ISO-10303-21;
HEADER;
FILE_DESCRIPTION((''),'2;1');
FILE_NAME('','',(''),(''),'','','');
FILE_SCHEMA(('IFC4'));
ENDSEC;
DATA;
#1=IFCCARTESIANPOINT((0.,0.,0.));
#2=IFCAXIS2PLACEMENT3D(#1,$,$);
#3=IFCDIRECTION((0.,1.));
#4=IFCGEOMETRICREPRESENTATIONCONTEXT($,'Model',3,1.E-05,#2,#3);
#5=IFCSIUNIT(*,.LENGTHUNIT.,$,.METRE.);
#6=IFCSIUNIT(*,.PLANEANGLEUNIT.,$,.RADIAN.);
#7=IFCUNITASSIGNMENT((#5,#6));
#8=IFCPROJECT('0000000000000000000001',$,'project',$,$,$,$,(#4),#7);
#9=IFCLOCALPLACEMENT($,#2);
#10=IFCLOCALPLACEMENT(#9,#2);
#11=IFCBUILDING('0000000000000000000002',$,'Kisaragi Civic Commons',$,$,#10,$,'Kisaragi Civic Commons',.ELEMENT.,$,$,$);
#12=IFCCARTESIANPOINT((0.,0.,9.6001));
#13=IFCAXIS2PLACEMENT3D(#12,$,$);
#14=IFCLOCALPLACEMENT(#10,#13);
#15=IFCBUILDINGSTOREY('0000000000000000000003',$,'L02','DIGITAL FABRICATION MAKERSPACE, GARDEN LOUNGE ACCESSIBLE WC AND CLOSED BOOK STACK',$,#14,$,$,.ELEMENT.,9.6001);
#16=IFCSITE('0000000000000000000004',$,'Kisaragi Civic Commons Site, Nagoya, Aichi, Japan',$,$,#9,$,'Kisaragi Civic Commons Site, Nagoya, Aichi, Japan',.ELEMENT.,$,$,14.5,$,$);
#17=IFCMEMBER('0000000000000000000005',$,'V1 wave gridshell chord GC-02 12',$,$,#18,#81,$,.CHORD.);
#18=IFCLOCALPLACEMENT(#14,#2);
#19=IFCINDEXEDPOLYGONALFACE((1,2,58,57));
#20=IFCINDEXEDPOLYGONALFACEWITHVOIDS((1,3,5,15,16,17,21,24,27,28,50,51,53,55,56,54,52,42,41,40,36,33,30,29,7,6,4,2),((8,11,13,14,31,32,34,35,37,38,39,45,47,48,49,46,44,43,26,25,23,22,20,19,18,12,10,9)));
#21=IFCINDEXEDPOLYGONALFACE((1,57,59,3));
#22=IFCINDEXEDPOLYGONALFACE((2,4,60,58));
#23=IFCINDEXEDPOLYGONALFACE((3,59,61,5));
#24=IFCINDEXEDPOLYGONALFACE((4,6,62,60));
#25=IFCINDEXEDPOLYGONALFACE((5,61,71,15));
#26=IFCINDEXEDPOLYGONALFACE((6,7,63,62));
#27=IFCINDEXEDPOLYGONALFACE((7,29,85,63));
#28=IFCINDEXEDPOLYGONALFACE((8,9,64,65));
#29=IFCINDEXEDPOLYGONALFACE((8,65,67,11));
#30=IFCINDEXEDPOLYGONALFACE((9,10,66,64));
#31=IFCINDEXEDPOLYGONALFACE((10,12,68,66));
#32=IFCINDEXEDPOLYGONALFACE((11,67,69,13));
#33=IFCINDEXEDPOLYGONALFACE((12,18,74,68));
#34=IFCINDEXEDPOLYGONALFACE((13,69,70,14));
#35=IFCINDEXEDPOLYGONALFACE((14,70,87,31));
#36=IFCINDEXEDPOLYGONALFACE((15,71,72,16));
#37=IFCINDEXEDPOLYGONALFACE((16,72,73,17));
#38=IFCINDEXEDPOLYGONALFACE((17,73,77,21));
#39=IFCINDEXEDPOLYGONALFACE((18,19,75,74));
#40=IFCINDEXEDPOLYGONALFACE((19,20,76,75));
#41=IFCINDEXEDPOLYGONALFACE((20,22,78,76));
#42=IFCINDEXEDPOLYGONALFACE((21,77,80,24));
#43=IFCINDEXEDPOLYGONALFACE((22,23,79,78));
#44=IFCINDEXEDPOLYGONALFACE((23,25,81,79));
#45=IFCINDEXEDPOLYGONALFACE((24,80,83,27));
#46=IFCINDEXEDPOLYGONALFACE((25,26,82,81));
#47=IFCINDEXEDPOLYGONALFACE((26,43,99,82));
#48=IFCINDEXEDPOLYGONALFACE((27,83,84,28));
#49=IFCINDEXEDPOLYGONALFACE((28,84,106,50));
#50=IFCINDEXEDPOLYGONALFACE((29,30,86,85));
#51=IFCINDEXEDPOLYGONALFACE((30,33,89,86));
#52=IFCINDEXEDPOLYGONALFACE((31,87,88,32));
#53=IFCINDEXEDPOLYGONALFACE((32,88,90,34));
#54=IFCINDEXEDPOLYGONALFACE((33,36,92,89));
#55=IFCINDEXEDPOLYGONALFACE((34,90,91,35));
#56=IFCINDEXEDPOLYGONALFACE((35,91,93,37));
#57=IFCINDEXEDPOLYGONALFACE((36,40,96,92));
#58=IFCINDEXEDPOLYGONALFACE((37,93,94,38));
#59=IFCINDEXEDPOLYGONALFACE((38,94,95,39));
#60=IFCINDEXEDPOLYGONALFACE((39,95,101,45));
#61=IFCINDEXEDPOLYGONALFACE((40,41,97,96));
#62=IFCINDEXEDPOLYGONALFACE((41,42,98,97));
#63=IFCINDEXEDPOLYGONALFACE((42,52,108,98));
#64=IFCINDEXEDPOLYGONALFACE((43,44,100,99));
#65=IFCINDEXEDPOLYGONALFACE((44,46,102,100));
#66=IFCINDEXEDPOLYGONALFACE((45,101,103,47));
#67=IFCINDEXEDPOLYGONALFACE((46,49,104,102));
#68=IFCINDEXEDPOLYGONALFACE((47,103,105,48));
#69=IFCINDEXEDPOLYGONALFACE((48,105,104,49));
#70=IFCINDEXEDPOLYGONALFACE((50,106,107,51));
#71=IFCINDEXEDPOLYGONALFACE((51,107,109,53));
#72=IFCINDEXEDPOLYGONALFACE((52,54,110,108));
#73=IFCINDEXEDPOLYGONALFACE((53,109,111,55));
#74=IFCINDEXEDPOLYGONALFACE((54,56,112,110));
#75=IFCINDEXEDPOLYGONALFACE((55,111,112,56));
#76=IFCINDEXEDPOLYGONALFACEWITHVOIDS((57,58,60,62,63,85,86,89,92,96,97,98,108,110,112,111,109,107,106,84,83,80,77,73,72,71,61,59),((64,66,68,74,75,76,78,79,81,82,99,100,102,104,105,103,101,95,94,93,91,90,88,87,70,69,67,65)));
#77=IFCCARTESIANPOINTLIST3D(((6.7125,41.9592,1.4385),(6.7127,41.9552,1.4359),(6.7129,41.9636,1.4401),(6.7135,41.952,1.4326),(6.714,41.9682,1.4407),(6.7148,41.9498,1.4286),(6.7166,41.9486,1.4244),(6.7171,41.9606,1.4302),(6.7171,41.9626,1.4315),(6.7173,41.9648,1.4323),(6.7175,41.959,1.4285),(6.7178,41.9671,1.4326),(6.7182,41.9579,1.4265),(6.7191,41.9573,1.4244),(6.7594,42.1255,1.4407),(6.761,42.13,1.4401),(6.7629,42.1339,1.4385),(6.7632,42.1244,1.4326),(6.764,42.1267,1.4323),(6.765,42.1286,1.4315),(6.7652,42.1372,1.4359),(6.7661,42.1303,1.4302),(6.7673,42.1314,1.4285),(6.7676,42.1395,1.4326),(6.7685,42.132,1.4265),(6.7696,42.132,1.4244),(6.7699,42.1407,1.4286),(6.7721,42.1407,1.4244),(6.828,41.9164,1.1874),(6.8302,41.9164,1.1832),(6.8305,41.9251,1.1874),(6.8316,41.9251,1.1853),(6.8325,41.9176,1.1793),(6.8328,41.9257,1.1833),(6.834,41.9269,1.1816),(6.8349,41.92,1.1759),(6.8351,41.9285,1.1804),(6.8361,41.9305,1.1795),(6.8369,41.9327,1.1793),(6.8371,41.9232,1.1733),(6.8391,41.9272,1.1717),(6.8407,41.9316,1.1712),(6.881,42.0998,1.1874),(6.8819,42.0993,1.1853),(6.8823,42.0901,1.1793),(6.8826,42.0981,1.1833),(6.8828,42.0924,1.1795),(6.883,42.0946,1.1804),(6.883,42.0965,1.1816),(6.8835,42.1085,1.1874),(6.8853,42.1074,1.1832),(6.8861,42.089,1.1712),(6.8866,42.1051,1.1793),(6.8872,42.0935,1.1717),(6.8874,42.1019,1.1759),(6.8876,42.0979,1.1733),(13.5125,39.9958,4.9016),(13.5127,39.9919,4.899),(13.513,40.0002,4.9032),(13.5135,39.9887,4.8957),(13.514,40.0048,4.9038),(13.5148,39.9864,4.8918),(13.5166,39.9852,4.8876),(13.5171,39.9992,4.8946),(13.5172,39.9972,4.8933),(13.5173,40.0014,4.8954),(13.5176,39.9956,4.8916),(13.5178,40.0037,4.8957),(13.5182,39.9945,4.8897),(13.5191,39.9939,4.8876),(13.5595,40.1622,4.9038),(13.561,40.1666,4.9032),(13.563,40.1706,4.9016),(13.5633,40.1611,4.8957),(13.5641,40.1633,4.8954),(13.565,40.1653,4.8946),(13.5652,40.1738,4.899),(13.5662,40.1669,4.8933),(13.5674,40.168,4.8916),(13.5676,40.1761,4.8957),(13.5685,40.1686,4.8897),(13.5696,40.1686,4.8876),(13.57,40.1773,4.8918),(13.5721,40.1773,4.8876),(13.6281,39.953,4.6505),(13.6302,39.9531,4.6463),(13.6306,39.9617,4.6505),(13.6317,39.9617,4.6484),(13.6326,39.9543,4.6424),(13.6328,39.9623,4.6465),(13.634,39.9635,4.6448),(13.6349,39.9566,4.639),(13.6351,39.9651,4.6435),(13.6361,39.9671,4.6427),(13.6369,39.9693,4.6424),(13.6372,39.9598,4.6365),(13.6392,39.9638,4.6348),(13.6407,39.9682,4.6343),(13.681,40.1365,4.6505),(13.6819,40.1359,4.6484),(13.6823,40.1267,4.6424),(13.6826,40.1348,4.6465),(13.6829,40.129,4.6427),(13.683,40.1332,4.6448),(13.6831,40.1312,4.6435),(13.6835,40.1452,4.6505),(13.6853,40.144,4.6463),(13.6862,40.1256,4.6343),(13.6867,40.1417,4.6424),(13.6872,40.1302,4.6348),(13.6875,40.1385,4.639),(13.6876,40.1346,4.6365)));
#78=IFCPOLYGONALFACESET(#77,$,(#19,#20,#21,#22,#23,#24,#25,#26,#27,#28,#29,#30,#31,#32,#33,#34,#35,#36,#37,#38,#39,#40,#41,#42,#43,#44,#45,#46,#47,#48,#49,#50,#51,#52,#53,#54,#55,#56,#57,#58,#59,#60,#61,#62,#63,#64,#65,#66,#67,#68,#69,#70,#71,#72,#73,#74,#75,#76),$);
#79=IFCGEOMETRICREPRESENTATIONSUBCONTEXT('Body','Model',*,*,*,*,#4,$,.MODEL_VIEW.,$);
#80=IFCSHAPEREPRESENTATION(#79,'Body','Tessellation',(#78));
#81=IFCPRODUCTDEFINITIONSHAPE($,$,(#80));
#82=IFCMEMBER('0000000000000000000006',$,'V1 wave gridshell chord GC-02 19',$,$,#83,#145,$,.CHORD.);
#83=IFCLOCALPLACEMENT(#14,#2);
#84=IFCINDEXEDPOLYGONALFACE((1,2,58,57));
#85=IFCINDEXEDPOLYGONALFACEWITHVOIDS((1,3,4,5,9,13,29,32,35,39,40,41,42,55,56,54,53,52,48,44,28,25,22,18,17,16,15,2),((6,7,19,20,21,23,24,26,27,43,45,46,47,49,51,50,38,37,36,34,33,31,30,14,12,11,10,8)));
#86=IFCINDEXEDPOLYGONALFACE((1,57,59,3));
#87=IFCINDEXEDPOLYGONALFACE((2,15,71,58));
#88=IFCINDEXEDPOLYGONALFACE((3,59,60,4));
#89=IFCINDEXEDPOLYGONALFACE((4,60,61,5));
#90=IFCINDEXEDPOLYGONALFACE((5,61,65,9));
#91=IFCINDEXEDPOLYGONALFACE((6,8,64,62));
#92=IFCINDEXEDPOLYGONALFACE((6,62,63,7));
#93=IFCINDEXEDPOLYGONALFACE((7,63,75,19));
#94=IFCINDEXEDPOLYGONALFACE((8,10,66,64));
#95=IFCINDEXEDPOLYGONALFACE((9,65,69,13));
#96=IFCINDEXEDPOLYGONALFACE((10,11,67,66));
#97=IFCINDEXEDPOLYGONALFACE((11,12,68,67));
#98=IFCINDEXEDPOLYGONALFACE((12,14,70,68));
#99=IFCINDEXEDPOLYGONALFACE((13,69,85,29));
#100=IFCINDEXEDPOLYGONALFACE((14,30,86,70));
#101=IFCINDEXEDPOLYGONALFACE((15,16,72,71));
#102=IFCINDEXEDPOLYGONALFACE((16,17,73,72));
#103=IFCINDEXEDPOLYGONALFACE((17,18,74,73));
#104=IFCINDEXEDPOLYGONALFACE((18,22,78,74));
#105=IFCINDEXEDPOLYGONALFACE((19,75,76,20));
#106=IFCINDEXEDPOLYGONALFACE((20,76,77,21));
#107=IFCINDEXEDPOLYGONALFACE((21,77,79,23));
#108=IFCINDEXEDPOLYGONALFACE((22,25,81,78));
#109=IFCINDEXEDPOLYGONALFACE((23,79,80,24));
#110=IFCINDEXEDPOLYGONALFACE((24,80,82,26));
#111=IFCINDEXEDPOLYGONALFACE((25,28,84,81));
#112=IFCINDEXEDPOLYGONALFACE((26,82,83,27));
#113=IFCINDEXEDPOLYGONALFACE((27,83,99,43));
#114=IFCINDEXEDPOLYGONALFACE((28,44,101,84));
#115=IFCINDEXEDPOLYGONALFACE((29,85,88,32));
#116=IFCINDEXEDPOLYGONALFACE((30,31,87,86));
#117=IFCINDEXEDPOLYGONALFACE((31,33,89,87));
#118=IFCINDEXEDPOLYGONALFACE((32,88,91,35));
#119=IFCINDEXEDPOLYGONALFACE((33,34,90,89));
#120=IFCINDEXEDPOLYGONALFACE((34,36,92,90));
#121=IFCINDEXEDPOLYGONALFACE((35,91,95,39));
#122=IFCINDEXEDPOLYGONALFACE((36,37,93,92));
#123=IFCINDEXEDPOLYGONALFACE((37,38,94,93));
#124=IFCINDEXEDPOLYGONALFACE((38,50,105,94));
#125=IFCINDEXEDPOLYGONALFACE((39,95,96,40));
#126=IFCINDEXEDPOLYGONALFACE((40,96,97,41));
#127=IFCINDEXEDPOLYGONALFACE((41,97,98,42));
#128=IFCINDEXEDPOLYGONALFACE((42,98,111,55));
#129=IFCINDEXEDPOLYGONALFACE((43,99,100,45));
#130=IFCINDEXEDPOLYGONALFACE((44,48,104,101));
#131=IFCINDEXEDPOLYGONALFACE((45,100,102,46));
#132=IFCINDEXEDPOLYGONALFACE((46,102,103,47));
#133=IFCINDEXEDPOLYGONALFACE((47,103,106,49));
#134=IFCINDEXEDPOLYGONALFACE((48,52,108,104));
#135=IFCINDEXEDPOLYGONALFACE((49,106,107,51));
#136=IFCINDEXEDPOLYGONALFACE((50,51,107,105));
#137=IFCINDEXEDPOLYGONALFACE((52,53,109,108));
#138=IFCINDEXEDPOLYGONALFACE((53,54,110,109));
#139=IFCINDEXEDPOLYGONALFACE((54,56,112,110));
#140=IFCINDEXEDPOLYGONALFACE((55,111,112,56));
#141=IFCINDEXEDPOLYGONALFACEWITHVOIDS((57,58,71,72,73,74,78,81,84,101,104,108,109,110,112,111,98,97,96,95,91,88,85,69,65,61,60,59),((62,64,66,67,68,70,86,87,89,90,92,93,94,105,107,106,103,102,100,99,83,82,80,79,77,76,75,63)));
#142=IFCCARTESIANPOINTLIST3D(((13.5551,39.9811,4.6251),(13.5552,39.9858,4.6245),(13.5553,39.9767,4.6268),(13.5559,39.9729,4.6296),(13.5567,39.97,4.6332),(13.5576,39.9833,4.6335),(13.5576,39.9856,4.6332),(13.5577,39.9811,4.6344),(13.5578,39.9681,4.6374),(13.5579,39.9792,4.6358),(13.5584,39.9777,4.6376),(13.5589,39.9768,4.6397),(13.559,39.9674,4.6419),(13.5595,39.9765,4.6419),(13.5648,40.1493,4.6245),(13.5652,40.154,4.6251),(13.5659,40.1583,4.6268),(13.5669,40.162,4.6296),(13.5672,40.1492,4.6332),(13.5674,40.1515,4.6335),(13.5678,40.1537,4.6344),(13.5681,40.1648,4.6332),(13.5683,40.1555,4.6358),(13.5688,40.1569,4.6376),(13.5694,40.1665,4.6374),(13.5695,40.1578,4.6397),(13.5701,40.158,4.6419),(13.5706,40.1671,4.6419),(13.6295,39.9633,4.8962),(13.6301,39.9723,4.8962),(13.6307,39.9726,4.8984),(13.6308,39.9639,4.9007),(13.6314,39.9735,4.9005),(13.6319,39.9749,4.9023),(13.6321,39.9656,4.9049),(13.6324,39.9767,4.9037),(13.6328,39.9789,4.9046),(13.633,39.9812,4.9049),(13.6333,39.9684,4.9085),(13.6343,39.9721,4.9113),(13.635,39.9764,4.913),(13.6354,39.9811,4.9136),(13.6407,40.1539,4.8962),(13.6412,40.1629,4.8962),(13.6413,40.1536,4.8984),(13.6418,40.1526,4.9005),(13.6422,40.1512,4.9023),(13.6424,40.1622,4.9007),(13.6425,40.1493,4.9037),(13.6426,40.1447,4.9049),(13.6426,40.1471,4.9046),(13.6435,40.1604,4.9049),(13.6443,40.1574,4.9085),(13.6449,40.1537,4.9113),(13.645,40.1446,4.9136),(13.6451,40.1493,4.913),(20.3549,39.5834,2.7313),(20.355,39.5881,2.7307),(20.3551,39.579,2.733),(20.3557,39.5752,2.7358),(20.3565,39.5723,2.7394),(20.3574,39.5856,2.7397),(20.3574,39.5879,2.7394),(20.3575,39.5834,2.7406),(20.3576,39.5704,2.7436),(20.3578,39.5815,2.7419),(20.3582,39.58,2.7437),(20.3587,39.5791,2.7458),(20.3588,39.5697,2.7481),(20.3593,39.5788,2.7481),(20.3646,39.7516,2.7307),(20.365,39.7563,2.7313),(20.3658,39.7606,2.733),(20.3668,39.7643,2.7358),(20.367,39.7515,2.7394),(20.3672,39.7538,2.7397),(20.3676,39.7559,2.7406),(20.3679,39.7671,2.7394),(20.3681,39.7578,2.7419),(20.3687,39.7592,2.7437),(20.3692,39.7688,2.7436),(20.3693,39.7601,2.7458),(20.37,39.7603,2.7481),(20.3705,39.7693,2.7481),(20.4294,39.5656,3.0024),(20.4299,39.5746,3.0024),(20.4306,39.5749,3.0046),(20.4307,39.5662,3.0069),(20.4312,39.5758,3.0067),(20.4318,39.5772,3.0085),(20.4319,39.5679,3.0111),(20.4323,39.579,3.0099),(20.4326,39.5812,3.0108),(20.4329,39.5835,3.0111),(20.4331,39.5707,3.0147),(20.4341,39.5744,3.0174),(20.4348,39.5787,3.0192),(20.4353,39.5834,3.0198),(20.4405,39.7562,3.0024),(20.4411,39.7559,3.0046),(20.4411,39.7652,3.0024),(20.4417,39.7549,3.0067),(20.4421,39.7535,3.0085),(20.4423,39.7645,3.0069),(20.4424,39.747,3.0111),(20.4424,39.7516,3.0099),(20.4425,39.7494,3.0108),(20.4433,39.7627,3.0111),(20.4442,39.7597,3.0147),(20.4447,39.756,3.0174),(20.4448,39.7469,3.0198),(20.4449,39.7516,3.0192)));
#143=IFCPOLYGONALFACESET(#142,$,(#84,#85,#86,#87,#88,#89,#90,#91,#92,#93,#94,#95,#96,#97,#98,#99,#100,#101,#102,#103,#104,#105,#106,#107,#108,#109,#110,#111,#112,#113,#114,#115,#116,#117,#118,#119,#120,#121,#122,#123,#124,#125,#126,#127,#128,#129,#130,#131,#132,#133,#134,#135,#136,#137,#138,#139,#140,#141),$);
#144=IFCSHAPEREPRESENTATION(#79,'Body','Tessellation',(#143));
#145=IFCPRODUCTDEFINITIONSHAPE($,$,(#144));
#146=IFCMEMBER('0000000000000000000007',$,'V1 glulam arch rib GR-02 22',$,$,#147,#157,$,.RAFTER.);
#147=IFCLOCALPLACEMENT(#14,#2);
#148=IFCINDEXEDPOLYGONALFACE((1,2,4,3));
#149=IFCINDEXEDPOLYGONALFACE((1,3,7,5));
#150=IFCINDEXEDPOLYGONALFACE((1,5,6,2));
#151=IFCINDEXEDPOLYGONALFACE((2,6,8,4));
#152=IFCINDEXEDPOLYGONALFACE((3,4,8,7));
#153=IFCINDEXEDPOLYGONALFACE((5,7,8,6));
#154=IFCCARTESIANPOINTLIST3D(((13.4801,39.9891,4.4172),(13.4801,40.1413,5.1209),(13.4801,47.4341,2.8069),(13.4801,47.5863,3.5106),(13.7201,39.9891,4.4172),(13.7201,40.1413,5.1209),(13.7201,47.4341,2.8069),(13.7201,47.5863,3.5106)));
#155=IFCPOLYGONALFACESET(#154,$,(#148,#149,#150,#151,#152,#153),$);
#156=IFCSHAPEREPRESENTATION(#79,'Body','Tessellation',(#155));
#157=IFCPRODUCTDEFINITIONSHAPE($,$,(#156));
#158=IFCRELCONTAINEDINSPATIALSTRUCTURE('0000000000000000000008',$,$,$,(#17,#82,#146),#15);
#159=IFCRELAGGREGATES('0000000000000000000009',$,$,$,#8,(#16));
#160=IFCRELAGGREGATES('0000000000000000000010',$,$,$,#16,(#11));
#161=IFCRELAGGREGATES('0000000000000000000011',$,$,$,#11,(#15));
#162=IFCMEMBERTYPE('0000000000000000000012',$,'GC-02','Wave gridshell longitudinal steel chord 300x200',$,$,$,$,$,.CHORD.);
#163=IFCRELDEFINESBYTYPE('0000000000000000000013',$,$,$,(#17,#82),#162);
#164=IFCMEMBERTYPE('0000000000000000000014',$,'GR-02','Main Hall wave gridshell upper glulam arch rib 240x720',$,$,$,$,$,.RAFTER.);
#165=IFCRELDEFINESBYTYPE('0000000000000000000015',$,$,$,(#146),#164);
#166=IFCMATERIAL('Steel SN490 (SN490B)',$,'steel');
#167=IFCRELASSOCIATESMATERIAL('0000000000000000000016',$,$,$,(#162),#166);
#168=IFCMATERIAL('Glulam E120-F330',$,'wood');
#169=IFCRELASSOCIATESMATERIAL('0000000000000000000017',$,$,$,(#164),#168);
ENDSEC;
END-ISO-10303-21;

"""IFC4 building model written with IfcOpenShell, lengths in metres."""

from ifc_helpers import new_model, si_unit, direction, frame, origin, origin_2d, place, context, subcontext, project, spatial, rectangle, hollow_rectangle, extrude, material, material_profile, profile_set, type_object, element, save


model = new_model("IFC4")

# Units and contexts
model_context = context("Model", 3, precision=1e-05, world=origin(), true_north=direction((0.0, 1.0)))
body_context = subcontext(model_context, "Body", "Model", "MODEL_VIEW")
ifc_project = project(units=[si_unit("LENGTHUNIT", "METRE"), si_unit("PLANEANGLEUNIT", "RADIAN")], contexts=[model_context])

# Site, building, storey
site_placement = place(None, origin())
site = spatial("IfcSite", under=ifc_project, at=site_placement, Name="Kisaragi Civic Commons Site, Nagoya, Aichi, Japan", LongName="Kisaragi Civic Commons Site, Nagoya, Aichi, Japan", CompositionType="ELEMENT", RefElevation=14.5)
building_placement = place(site_placement, origin())
building = spatial("IfcBuilding", under=site, at=building_placement, Name="Kisaragi Civic Commons", LongName="Kisaragi Civic Commons", CompositionType="ELEMENT")
storey_placement = place(building_placement, frame((0.0, 0.0, 9.6001)))
storey = spatial("IfcBuildingStorey", under=building, at=storey_placement, Name="L02", Description="DIGITAL FABRICATION MAKERSPACE, GARDEN LOUNGE ACCESSIBLE WC AND CLOSED BOOK STACK", CompositionType="ELEMENT", Elevation=9.6001)

# Members
ifc_material_1 = material(Name="Steel SN490 (SN490B)", Category="steel")
ifc_material_profile_1 = material_profile(ifc_material_1, hollow_rectangle(XDim=0.2, YDim=0.3, WallThickness=0.009, InnerFilletRadius=0.009, OuterFilletRadius=0.0181, at=origin_2d()), Name="STKR-300x200x9", Category="steel")
ifc_profile_set_1 = profile_set([ifc_material_profile_1], Name="Steel SN490 (SN490B)")
member_type_1 = type_object("IfcMemberType", Name="GC-02", Description="Wave gridshell longitudinal steel chord 300x200", PredefinedType="CHORD", material=ifc_profile_set_1)
member_1_placement = place(storey_placement, frame((6.8, 42.0286, 1.3059), z_axis=(0.862989, -0.249171, 0.439504), x_axis=(0.277399, 0.960755, 0.0)))
element("IfcMember", 1, at=member_1_placement, inside=storey, type_object=member_type_1, Name="V1 wave gridshell chord GC-02 12", PredefinedType="CHORD", context=body_context, shape_type="SweptSolid", body=[
    extrude(hollow_rectangle(XDim=0.2, YDim=0.3, WallThickness=0.009, InnerFilletRadius=0.009, OuterFilletRadius=0.0181, at=origin_2d()), origin(), (0.0, 0.0, 1.0), 7.8796),
])
member_2_placement = place(storey_placement, frame((13.6001, 40.0652, 4.769), z_axis=(0.961811, -0.056254, -0.267872), x_axis=(0.058388, 0.998294, 0.0)))
element("IfcMember", 2, at=member_2_placement, inside=storey, type_object=member_type_1, Name="V1 wave gridshell chord GC-02 19", PredefinedType="CHORD", context=body_context, shape_type="SweptSolid", body=[
    extrude(hollow_rectangle(XDim=0.2, YDim=0.3, WallThickness=0.009, InnerFilletRadius=0.009, OuterFilletRadius=0.0181, at=origin_2d()), origin(), (0.0, 0.0, 1.0), 7.0698),
])
ifc_material_2 = material(Name="Glulam E120-F330", Category="wood")
ifc_material_profile_2 = material_profile(ifc_material_2, rectangle(XDim=0.24, YDim=0.72, at=origin_2d()), Name="GL-240x720", Category="wood")
ifc_profile_set_2 = profile_set([ifc_material_profile_2], Name="Glulam E120-F330")
member_type_2 = type_object("IfcMemberType", Name="GR-02", Description="Main Hall wave gridshell upper glulam arch rib 240x720", PredefinedType="RAFTER", material=ifc_profile_set_2)
member_3_placement = place(storey_placement, frame((13.6001, 40.0652, 4.769), z_axis=(0.0, 0.977398, -0.211409), x_axis=(-1.0, 0.0, 0.0)))
element("IfcMember", 3, at=member_3_placement, inside=storey, type_object=member_type_2, Name="V1 glulam arch rib GR-02 22", PredefinedType="RAFTER", context=body_context, shape_type="SweptSolid", body=[
    extrude(rectangle(XDim=0.24, YDim=0.72, at=origin_2d()), origin(), (0.0, 0.0, 1.0), 7.6172),
])

save(model, "model.ifc")
